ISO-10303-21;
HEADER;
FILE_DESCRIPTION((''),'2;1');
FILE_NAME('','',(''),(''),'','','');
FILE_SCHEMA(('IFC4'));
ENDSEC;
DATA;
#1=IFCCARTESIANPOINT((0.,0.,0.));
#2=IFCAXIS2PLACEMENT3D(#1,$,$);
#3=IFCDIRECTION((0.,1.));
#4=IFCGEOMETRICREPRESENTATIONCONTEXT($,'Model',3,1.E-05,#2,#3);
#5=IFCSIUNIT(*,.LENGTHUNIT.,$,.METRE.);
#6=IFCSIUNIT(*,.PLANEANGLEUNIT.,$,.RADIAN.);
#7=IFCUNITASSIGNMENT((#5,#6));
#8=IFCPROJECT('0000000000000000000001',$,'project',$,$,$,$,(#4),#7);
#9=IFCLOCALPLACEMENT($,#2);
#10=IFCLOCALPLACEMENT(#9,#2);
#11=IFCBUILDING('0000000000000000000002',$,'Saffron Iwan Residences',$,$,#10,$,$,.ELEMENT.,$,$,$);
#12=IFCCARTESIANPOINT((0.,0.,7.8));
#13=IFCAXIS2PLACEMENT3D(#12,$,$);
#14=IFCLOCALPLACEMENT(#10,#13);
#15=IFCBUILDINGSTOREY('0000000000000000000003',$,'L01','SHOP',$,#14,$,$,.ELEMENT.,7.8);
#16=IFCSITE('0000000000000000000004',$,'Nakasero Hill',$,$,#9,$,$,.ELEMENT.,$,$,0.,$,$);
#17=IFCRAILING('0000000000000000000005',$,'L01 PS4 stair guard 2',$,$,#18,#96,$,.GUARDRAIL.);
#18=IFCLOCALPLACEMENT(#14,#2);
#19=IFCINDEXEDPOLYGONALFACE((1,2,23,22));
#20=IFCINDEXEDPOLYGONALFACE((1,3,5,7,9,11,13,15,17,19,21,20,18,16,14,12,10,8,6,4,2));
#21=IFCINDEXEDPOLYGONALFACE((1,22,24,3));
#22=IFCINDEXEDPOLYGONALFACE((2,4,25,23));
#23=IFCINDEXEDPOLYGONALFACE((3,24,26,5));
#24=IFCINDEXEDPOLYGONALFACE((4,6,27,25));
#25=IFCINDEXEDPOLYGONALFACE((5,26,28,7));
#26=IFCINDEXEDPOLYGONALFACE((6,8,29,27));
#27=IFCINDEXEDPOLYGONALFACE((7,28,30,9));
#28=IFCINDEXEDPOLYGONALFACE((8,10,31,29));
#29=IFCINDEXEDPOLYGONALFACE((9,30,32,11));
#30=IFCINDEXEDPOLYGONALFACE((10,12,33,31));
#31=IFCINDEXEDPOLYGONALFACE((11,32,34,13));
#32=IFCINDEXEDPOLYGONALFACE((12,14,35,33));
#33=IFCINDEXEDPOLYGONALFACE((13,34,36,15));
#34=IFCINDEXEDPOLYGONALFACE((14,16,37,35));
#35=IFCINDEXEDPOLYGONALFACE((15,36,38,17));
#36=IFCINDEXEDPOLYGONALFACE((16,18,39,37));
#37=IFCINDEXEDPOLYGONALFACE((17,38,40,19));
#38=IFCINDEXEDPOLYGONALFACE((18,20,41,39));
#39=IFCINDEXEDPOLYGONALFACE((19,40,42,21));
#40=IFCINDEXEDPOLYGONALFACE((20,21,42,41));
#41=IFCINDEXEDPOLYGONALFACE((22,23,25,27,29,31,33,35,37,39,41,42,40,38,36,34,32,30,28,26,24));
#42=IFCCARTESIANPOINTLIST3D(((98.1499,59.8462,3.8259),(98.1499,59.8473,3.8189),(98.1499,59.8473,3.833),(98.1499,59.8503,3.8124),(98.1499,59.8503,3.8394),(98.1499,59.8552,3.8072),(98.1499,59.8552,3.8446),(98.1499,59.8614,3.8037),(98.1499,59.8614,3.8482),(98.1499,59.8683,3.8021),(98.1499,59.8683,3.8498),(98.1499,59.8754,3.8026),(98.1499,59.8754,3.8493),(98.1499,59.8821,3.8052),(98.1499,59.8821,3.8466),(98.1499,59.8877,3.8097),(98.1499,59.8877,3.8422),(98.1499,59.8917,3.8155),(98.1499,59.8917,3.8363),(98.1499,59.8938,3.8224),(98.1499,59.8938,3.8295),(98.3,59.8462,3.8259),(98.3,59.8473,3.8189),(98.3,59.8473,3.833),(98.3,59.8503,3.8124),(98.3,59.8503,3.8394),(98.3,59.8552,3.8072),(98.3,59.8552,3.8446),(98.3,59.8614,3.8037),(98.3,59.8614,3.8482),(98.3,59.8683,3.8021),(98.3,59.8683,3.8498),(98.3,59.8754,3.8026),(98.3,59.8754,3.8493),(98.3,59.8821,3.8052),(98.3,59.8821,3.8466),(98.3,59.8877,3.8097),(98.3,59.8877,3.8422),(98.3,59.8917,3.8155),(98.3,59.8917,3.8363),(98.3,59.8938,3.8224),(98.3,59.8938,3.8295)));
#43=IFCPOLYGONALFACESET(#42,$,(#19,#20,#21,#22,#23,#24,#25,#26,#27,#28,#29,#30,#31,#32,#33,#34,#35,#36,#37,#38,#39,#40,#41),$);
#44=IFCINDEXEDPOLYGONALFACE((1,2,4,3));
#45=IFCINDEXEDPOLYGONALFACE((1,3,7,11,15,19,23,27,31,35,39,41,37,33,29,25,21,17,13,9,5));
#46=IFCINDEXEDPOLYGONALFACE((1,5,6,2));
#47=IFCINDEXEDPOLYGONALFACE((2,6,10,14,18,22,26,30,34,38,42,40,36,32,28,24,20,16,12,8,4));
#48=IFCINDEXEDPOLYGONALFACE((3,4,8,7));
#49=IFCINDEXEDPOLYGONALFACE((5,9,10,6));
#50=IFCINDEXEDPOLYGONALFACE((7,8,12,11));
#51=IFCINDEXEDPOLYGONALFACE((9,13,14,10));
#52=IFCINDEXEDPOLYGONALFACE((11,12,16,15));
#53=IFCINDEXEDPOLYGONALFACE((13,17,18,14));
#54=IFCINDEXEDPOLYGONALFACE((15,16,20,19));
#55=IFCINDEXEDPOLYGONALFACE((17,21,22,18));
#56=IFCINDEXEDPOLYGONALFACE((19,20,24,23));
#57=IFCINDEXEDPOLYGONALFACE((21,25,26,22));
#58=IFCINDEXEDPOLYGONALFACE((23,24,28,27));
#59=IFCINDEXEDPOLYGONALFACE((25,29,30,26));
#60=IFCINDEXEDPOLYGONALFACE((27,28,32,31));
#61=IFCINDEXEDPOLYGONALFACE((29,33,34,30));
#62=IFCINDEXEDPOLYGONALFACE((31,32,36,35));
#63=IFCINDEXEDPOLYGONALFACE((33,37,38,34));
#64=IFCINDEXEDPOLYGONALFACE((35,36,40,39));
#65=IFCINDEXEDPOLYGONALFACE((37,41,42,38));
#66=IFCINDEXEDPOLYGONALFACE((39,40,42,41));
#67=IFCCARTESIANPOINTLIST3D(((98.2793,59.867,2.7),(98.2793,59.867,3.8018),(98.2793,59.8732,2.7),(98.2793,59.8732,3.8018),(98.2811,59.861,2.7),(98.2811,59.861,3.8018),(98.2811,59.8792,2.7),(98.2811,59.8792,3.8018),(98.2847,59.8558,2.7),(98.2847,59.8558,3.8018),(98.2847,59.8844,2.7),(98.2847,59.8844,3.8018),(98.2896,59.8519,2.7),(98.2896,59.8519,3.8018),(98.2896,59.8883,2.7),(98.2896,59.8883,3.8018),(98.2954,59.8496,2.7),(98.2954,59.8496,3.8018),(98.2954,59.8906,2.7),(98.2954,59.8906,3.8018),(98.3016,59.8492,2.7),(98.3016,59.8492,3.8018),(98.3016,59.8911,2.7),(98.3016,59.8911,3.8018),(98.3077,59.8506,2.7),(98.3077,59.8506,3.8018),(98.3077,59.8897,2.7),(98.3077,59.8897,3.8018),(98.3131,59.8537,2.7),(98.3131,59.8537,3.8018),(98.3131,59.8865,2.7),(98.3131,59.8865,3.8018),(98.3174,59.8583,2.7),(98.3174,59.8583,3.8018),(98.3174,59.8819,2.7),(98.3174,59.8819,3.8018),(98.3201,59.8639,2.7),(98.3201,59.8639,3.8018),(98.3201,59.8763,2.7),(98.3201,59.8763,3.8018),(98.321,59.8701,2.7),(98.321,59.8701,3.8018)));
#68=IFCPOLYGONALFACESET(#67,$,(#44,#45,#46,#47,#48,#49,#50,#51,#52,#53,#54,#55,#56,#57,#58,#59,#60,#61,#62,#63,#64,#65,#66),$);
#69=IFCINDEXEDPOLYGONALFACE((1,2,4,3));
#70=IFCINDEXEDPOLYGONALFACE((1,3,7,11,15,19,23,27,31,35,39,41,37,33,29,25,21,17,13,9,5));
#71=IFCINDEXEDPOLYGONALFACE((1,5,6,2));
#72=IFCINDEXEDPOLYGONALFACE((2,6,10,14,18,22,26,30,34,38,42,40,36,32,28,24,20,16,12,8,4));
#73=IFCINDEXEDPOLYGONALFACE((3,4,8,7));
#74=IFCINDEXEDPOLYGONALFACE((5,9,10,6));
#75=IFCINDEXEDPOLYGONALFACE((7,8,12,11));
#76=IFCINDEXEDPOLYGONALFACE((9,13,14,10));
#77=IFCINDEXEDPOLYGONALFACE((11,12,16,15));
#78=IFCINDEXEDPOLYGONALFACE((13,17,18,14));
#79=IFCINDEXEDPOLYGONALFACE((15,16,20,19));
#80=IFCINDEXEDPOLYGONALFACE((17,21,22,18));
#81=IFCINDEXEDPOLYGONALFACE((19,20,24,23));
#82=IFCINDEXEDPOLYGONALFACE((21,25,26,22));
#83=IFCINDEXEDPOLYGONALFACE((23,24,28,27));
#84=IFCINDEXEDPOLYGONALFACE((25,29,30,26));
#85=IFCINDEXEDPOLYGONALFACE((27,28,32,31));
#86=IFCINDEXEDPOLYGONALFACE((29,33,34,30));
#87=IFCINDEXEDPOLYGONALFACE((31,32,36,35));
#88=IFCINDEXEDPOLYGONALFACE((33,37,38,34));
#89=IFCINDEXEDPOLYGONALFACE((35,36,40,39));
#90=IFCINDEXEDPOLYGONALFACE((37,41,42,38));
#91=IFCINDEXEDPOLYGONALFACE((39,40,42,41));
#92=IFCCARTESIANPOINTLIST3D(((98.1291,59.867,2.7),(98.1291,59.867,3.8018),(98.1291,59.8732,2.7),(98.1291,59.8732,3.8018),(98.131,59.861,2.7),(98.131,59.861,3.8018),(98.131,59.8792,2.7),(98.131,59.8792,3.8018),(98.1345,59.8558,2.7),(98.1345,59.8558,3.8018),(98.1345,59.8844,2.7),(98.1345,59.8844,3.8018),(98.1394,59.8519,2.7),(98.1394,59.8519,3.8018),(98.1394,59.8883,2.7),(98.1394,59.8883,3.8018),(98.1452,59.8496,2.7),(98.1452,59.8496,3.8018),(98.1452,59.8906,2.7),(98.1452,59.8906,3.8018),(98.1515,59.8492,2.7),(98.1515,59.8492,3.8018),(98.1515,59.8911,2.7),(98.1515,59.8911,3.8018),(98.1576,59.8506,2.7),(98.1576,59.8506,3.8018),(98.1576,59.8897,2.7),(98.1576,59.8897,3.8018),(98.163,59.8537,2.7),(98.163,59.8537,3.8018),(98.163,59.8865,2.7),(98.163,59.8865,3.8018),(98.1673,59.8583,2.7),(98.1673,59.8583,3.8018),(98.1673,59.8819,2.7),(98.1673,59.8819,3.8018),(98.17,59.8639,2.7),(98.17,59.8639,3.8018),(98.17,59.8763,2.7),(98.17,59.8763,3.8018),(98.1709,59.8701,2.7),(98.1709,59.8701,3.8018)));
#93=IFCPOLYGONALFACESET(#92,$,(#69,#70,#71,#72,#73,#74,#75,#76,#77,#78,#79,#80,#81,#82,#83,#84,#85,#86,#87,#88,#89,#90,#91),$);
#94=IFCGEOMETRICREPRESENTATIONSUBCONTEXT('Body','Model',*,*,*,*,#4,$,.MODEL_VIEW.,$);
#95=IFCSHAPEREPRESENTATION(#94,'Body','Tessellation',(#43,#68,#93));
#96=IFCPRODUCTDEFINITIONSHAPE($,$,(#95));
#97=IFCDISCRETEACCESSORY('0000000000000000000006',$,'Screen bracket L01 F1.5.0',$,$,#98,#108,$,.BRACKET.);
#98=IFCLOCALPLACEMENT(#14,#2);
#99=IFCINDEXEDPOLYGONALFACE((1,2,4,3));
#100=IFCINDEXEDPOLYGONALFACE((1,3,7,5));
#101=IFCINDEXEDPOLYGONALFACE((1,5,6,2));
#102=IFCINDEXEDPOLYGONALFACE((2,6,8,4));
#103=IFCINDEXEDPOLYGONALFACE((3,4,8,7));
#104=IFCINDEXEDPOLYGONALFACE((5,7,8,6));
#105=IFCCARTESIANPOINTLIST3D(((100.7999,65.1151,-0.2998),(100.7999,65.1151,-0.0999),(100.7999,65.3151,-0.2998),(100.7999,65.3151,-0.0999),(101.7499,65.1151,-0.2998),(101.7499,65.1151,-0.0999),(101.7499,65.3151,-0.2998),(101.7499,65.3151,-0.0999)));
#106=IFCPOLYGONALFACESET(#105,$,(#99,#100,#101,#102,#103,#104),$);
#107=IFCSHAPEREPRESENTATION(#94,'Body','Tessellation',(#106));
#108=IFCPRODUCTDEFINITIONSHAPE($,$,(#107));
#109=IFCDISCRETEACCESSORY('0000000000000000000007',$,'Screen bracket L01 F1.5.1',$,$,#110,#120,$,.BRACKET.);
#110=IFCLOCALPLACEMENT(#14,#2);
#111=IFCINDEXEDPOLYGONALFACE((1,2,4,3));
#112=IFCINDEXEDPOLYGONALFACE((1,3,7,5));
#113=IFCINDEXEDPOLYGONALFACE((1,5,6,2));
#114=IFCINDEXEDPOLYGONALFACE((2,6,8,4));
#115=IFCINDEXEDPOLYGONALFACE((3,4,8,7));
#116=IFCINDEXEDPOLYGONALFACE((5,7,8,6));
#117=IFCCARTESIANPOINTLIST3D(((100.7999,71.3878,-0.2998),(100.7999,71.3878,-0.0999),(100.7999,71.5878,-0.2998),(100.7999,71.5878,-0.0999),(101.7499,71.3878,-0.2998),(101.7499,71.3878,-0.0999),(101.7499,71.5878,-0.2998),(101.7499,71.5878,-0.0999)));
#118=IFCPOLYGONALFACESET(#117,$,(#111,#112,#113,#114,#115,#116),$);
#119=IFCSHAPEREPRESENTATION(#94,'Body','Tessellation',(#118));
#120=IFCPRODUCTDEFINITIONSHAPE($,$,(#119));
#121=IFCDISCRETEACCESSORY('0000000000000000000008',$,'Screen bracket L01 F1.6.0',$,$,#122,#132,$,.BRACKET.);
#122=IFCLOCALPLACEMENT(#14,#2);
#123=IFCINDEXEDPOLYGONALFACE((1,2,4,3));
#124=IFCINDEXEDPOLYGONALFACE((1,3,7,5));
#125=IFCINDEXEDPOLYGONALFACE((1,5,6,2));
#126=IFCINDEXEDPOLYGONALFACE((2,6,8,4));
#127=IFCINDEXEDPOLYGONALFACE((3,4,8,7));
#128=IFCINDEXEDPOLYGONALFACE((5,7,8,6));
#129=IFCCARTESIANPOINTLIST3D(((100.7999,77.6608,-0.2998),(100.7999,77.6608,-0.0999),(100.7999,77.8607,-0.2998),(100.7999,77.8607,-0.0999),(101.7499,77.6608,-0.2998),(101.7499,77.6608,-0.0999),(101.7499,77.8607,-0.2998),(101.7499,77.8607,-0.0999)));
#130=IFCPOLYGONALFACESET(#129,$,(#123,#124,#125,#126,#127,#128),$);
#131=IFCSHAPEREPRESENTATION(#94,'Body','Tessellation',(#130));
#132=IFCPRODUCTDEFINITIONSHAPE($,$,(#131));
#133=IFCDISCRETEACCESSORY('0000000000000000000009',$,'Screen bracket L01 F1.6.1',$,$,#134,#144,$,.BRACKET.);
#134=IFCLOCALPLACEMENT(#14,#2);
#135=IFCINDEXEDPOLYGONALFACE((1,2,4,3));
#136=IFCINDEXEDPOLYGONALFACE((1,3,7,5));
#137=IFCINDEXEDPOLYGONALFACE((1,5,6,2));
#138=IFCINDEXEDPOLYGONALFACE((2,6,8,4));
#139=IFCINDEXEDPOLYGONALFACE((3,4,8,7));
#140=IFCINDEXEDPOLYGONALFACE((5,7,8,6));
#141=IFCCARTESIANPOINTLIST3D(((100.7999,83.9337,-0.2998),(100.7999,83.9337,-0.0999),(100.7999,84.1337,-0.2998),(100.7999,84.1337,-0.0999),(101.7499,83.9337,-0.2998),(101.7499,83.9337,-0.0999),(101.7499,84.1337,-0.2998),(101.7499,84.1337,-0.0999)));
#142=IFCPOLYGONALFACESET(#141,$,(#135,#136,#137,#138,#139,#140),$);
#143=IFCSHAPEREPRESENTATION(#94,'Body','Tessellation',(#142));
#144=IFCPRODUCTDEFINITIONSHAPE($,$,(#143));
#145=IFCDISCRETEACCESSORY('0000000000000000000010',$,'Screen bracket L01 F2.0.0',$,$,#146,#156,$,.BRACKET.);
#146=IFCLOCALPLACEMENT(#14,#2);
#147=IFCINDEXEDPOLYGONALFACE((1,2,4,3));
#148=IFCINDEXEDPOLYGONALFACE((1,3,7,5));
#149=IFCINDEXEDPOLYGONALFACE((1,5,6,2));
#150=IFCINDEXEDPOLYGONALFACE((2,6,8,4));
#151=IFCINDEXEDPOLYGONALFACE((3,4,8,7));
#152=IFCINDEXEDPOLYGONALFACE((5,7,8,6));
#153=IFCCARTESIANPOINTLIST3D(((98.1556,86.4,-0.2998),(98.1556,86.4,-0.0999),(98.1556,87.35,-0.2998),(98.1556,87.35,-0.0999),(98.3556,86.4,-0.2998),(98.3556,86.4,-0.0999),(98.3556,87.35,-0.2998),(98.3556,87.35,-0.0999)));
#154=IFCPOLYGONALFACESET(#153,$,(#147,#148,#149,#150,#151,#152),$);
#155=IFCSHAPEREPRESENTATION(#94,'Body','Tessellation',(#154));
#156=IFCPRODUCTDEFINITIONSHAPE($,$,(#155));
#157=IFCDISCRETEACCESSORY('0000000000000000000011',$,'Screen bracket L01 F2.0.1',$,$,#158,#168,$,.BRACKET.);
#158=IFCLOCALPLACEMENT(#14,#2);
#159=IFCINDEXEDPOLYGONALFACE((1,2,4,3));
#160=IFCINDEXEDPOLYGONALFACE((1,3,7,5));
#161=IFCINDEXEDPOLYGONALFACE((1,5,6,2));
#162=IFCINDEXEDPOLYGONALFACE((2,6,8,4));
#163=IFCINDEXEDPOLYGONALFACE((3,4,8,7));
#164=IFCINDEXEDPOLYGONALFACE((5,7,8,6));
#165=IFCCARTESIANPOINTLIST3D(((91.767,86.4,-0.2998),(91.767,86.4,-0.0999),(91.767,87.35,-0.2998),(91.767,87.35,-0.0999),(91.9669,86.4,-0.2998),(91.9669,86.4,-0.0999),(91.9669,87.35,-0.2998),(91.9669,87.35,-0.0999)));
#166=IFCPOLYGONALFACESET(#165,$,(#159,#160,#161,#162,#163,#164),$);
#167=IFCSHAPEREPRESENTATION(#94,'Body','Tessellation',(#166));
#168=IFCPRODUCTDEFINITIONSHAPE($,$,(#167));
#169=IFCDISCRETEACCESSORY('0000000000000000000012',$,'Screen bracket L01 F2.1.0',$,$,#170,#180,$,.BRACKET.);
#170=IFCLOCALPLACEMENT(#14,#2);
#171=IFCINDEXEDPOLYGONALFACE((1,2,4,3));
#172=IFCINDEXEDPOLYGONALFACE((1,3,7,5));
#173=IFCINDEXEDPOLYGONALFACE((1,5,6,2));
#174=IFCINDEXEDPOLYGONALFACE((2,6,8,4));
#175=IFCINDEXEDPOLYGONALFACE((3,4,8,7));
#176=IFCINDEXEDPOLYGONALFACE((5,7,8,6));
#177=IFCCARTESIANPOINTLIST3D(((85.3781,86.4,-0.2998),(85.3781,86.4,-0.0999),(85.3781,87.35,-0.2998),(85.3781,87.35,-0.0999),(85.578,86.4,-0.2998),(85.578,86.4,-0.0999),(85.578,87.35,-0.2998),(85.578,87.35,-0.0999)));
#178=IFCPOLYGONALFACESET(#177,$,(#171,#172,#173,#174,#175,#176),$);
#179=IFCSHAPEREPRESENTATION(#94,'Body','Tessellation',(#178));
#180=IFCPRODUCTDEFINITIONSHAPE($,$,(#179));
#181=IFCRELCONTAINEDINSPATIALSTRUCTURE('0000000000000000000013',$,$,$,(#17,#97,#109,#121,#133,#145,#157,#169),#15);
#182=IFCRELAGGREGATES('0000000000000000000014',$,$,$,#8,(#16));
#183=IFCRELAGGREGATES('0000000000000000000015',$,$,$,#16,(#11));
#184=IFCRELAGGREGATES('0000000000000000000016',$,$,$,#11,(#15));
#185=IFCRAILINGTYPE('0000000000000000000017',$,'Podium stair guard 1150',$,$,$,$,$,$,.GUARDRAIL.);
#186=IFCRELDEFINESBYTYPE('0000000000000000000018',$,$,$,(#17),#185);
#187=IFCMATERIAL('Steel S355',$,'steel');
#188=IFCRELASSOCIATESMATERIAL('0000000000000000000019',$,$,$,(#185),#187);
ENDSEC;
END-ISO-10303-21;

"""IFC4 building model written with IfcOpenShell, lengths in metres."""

from ifc_helpers import new_model, si_unit, direction, frame, origin, origin_2d, place, context, subcontext, project, spatial, rectangle, circle, extrude, source, transform, mapped, material, type_object, element, save


model = new_model("IFC4")

# Units and contexts
model_context = context("Model", 3, precision=1e-05, world=origin(), true_north=direction((0.0, 1.0)))
body_context = subcontext(model_context, "Body", "Model", "MODEL_VIEW")
ifc_project = project(units=[si_unit("LENGTHUNIT", "METRE"), si_unit("PLANEANGLEUNIT", "RADIAN")], contexts=[model_context])

# Site, building, storey
site_placement = place(None, origin())
site = spatial("IfcSite", under=ifc_project, at=site_placement, Name="Nakasero Hill", CompositionType="ELEMENT", RefElevation=0.0)
building_placement = place(site_placement, origin())
building = spatial("IfcBuilding", under=site, at=building_placement, Name="Saffron Iwan Residences", CompositionType="ELEMENT")
storey_placement = place(building_placement, frame((0.0, 0.0, 7.8)))
storey = spatial("IfcBuildingStorey", under=building, at=storey_placement, Name="L01", Description="SHOP", CompositionType="ELEMENT", Elevation=7.8)

# Railing
ifc_material_1 = material(Name="Steel S355", Category="steel")
railing_type = type_object("IfcRailingType", Name="Podium stair guard 1150", PredefinedType="GUARDRAIL", material=ifc_material_1)
railing_placement = place(storey_placement, frame((98.3, 59.8701, 2.7)))
element("IfcRailing", 1, at=railing_placement, inside=storey, type_object=railing_type, Name="L01 PS4 stair guard 2", PredefinedType="GUARDRAIL", context=body_context, shape_type="SweptSolid", body=[
    extrude(circle(Radius=0.0239, at=origin_2d()), frame((0.0, 0.0, 1.126), z_axis=(-1.0, 0.0, 0.0), x_axis=(0.0, -1.0, 0.0)), (0.0, 0.0, 1.0), 0.1501),
    extrude(circle(Radius=0.021, at=origin_2d()), origin(), (0.0, 0.0, 1.0), 1.1018),
    extrude(circle(Radius=0.021, at=origin_2d()), frame((-0.1501, 0.0, 0.0)), (0.0, 0.0, 1.0), 1.1018),
])

# Discrete accessories
shared_shape_1 = source(origin(), body_context, "Body", "SweptSolid", [
    extrude(rectangle(XDim=0.95, YDim=0.2, at=origin_2d()), origin(), (0.0, 0.0, 1.0), 0.2),
])
for number, where, z_axis, x_axis, name in (
    (2, (101.2749, 65.2151, -0.2998), (0.0, 0.0, 1.0), (1.0, 0.0, 0.0), "Screen bracket L01 F1.5.0"),
    (3, (101.2749, 71.4878, -0.2998), (0.0, 0.0, 1.0), (1.0, 0.0, 0.0), "Screen bracket L01 F1.5.1"),
    (4, (101.2749, 77.7607, -0.2998), (0.0, 0.0, 1.0), (1.0, 0.0, 0.0), "Screen bracket L01 F1.6.0"),
    (5, (101.2749, 84.0337, -0.2998), (0.0, 0.0, 1.0), (1.0, 0.0, 0.0), "Screen bracket L01 F1.6.1"),
    (6, (98.2556, 86.875, -0.2998), (0.0, 0.0, 1.0), (0.0, 1.0, 0.0), "Screen bracket L01 F2.0.0"),
    (7, (91.8669, 86.875, -0.2998), (0.0, 0.0, 1.0), (0.0, 1.0, 0.0), "Screen bracket L01 F2.0.1"),
    (8, (85.478, 86.875, -0.2998), (0.0, 0.0, 1.0), (0.0, 1.0, 0.0), "Screen bracket L01 F2.1.0"),
):
    element("IfcDiscreteAccessory", number, at=place(storey_placement, frame(where, z_axis=z_axis, x_axis=x_axis)), inside=storey, Name=name, PredefinedType="BRACKET", context=body_context, shape_type="MappedRepresentation", body=[
        mapped(shared_shape_1, transform((0.0, 0.0, 0.0))),
    ])

save(model, "model.ifc")
